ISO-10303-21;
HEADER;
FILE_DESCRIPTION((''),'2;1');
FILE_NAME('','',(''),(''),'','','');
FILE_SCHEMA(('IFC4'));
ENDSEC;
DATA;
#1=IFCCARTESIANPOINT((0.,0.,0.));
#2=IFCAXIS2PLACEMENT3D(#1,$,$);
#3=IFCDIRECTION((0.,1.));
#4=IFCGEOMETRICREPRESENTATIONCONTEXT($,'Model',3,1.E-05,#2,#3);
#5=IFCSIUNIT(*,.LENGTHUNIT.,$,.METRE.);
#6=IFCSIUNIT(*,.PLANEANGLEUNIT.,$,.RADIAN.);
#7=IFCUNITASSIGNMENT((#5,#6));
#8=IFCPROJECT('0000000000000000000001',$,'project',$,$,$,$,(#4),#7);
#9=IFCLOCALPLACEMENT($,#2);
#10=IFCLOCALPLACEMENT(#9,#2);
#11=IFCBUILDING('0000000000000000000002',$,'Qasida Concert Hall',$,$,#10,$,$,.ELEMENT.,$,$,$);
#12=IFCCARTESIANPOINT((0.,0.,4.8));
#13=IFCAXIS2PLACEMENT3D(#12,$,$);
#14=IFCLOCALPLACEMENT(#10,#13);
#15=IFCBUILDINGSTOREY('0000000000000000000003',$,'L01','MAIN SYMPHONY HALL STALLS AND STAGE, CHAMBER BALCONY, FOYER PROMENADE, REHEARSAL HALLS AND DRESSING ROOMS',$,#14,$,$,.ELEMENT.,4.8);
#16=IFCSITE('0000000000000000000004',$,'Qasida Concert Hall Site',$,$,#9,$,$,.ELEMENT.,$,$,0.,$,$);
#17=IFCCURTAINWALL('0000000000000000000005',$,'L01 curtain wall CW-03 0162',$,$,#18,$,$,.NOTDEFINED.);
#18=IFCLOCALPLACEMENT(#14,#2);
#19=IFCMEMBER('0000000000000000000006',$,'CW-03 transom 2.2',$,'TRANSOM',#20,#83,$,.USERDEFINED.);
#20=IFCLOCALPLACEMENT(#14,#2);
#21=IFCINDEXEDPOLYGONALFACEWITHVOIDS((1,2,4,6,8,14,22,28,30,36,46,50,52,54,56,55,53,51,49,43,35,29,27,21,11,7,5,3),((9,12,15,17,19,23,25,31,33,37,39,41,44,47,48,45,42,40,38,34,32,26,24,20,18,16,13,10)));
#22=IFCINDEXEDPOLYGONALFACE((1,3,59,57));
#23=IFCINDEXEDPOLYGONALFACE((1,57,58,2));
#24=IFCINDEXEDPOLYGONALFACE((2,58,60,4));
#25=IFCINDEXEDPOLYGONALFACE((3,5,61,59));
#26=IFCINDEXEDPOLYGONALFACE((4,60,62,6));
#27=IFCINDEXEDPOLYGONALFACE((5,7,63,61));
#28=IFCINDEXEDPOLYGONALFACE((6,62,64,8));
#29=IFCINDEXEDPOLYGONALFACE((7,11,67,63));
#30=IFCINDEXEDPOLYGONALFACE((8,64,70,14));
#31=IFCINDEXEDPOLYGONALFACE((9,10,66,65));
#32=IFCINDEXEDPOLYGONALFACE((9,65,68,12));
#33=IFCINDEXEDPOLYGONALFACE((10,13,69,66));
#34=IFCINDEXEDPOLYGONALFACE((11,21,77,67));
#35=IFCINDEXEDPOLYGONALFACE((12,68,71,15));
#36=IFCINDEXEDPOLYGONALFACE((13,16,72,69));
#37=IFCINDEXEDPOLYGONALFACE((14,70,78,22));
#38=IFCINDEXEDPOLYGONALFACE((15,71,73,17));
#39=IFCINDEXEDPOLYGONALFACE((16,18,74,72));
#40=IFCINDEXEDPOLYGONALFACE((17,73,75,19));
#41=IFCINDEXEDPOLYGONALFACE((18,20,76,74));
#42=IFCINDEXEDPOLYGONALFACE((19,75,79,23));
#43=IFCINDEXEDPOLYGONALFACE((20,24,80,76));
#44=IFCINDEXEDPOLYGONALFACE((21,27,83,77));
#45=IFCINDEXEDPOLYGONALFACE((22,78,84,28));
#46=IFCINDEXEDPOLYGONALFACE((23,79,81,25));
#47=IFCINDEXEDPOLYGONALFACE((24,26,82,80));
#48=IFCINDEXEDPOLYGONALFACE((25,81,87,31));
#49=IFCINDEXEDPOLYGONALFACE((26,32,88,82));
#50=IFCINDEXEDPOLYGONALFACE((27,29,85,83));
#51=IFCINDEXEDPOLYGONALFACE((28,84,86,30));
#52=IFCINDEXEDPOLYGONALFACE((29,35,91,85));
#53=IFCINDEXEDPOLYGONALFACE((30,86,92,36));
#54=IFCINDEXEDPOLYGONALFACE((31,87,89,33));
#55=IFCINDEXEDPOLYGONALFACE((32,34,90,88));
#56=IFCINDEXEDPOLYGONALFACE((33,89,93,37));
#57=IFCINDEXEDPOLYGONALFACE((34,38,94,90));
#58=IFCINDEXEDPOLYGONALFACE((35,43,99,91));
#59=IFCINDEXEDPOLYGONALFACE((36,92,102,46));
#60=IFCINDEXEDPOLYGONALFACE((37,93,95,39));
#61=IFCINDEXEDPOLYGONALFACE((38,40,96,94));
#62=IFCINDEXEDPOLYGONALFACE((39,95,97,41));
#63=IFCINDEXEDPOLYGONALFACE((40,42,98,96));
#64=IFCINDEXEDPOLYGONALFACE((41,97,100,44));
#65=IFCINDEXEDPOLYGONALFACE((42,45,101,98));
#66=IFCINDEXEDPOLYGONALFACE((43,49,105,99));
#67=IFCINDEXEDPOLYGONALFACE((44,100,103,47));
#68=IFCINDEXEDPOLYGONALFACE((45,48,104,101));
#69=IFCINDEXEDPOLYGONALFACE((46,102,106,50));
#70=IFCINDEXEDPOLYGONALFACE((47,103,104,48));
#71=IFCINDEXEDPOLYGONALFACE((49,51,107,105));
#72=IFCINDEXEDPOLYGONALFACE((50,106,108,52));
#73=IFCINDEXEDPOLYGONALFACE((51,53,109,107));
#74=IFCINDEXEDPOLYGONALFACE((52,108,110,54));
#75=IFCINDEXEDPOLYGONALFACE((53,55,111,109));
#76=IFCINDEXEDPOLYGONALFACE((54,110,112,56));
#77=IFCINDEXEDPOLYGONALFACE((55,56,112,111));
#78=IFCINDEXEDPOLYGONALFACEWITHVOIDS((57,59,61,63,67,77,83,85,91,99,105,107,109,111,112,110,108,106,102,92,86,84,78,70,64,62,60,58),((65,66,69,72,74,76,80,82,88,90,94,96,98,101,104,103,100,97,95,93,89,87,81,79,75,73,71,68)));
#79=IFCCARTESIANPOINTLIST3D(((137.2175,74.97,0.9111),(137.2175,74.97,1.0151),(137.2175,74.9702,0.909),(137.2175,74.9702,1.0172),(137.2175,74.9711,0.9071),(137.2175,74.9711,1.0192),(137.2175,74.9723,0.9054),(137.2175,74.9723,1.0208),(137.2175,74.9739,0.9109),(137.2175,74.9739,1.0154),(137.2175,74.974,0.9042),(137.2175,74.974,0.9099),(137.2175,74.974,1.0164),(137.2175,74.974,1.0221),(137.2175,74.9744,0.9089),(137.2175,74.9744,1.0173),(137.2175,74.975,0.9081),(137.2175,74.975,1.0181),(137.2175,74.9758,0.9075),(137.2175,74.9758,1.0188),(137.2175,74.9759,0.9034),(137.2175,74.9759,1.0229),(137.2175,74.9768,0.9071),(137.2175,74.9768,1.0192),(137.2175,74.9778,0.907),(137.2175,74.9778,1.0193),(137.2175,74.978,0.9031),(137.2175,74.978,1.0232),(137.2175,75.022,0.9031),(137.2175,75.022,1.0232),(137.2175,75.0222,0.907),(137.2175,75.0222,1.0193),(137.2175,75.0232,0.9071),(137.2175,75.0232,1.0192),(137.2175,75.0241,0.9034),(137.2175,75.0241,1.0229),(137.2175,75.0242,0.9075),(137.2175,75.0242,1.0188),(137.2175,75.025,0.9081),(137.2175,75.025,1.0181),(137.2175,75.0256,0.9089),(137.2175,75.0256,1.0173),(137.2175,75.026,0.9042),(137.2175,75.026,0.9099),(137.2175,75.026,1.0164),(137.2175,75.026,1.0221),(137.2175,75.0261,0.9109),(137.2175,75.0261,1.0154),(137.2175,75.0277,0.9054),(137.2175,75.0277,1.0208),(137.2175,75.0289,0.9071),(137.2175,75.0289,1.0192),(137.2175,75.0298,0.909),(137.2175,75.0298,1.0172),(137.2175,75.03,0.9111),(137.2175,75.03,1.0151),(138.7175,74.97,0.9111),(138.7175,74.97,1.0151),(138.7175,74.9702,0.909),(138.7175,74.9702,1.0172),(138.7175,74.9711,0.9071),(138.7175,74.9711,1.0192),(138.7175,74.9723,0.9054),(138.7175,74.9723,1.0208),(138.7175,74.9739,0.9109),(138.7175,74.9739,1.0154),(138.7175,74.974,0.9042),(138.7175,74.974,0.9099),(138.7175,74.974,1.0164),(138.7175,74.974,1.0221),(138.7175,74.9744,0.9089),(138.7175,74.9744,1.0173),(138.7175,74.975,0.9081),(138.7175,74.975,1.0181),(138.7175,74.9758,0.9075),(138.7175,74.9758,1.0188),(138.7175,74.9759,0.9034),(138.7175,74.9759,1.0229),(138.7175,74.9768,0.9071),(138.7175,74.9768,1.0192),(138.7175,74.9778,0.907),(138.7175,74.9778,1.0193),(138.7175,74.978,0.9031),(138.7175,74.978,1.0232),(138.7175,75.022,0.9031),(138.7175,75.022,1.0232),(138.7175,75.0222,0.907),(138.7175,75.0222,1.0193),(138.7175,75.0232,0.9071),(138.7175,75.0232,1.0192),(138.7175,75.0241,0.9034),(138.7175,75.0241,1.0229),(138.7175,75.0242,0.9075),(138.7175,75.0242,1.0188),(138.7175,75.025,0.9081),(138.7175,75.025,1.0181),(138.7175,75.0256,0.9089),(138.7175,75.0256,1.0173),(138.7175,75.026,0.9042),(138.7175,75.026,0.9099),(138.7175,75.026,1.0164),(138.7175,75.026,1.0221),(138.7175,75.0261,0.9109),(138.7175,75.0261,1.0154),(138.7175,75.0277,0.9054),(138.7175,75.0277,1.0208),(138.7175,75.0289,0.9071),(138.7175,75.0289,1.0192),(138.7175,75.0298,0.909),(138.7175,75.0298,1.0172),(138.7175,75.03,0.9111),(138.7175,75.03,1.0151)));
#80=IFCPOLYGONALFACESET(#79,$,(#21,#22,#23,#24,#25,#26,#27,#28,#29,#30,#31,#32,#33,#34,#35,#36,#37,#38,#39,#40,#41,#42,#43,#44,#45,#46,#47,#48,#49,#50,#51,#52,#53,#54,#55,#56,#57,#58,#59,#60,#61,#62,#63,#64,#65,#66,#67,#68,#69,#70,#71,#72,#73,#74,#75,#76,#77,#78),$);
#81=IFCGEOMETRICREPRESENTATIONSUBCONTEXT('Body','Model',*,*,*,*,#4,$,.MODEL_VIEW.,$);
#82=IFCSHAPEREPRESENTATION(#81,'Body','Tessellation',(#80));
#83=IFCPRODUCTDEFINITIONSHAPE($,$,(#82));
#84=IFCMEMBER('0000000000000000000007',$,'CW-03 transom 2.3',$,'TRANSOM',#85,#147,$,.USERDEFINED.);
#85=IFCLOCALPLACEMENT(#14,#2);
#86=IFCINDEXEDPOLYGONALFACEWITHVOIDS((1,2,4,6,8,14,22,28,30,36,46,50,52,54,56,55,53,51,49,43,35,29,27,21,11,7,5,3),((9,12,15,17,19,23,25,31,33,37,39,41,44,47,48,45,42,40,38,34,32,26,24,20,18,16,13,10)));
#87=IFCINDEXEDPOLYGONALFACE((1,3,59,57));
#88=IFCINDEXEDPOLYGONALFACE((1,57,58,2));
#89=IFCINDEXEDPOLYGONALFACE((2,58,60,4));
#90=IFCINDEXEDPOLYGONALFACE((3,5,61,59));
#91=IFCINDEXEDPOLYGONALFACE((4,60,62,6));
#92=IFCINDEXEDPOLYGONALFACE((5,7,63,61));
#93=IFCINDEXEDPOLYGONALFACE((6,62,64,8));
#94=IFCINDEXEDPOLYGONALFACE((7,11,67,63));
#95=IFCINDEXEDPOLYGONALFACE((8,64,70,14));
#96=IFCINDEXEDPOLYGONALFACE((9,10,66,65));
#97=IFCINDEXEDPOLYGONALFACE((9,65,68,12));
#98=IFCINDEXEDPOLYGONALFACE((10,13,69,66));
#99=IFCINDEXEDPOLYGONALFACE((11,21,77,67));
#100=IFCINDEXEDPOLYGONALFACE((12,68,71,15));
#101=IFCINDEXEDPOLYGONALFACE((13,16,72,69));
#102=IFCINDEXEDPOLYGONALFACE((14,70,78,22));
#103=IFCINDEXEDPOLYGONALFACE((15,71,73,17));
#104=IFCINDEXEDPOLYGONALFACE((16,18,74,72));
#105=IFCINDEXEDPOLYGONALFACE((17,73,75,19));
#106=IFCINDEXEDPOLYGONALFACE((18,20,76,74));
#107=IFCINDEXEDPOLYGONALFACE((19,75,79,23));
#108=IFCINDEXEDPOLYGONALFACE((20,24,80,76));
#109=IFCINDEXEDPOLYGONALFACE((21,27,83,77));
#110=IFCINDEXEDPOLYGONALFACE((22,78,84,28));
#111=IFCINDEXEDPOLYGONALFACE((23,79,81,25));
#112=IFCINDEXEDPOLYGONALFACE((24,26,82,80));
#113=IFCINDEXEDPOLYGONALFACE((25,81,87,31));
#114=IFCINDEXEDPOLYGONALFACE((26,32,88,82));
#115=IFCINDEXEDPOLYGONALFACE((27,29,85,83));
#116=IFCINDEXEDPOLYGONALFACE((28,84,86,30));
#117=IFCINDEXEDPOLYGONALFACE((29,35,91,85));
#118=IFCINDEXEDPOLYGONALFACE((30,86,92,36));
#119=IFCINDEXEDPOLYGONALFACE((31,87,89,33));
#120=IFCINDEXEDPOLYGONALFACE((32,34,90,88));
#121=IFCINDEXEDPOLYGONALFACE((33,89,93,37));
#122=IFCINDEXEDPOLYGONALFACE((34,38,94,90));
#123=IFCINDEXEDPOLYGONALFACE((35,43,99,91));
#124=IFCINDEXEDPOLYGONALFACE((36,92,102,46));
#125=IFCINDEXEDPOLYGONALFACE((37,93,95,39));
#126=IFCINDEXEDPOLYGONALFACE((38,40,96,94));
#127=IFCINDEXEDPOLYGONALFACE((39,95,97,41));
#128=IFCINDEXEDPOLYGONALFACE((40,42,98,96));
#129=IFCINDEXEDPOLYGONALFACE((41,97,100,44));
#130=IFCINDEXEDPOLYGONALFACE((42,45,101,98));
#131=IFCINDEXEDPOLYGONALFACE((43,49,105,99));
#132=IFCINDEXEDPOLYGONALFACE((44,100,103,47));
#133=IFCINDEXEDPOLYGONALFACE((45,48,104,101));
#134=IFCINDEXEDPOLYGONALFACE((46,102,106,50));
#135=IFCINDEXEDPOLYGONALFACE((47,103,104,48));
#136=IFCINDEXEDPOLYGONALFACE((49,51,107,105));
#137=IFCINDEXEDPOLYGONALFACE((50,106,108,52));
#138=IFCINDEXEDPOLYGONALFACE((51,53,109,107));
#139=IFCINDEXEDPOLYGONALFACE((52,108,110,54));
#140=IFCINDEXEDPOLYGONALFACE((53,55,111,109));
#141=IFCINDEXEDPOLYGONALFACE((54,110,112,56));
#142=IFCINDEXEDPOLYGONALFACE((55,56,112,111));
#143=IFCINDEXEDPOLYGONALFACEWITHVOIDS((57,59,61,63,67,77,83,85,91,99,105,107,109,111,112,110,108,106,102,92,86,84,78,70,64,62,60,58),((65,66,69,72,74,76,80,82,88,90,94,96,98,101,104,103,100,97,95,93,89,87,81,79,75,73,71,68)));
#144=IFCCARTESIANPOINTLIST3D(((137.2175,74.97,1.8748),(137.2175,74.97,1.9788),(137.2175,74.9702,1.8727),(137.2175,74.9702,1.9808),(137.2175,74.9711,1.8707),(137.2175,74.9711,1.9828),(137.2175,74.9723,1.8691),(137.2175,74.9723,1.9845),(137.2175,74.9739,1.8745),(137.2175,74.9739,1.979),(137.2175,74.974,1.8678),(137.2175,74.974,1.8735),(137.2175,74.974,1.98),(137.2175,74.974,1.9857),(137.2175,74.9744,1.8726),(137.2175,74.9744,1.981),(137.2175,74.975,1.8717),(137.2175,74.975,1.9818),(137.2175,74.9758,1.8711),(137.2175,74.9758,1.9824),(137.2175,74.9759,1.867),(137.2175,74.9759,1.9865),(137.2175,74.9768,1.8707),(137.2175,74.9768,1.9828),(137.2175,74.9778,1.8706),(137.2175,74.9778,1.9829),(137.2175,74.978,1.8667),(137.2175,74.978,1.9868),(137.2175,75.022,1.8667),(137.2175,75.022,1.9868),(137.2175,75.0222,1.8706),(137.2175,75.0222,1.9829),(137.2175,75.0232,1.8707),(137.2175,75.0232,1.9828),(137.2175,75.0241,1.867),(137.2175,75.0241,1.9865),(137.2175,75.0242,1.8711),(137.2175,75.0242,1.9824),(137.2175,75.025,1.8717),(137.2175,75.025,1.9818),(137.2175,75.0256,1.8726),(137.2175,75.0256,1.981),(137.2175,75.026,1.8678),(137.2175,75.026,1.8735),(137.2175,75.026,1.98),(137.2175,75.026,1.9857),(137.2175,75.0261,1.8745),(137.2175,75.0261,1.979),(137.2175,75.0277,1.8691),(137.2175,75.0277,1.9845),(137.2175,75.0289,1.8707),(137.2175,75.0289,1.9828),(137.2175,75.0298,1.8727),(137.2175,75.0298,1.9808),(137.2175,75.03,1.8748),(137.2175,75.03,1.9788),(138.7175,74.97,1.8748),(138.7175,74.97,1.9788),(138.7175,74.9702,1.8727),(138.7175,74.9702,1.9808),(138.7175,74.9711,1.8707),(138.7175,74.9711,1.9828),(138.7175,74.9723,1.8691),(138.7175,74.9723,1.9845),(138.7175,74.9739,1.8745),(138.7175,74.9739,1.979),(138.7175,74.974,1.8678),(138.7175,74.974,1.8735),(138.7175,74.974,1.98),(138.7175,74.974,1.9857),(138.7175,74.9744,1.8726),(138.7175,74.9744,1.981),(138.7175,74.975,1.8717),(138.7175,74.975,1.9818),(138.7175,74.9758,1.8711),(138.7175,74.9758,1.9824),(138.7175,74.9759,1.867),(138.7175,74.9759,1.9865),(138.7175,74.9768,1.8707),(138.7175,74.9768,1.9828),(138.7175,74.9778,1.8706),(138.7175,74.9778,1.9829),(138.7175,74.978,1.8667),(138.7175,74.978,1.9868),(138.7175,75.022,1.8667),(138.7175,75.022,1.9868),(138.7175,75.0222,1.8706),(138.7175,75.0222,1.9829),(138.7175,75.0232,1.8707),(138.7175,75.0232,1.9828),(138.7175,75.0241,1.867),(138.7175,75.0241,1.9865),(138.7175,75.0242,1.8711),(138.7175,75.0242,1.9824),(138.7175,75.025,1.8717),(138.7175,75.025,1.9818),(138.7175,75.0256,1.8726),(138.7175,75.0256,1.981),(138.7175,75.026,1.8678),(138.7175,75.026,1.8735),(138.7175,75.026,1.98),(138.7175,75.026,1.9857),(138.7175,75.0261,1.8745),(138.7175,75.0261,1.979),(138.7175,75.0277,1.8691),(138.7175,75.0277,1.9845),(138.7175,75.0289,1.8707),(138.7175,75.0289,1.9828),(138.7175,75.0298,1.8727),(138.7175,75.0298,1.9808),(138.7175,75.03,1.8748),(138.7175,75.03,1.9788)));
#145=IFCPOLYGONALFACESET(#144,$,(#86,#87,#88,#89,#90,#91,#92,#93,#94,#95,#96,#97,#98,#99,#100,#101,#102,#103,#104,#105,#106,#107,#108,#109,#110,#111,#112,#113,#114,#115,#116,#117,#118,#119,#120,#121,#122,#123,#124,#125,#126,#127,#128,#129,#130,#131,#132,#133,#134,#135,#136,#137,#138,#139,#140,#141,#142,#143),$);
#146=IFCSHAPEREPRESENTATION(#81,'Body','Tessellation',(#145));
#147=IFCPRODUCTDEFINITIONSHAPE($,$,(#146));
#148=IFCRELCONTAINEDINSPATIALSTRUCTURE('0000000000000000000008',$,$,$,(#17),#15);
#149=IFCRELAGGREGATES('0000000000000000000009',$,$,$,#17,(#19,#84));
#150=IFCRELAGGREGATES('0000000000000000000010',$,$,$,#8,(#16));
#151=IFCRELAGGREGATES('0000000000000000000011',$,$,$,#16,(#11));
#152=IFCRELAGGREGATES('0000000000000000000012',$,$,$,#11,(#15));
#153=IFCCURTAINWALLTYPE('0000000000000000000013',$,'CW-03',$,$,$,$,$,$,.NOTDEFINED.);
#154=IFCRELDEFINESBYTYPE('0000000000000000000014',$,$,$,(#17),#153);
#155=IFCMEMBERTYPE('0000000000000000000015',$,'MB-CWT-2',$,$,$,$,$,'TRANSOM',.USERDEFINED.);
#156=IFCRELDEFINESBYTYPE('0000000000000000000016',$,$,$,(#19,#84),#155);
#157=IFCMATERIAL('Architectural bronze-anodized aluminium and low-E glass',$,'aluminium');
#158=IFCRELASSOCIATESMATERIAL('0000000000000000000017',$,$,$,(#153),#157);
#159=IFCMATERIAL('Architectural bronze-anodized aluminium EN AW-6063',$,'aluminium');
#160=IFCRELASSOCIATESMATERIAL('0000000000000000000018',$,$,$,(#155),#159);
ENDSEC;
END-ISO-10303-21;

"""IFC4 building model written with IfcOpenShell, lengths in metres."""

from ifc_helpers import new_model, si_unit, direction, frame, origin, origin_2d, place, context, subcontext, project, spatial, hollow_rectangle, extrude, material, material_profile, profile_set, type_object, element, aggregate, save


model = new_model("IFC4")

# Units and contexts
model_context = context("Model", 3, precision=1e-05, world=origin(), true_north=direction((0.0, 1.0)))
body_context = subcontext(model_context, "Body", "Model", "MODEL_VIEW")
ifc_project = project(units=[si_unit("LENGTHUNIT", "METRE"), si_unit("PLANEANGLEUNIT", "RADIAN")], contexts=[model_context])

# Site, building, storey
site_placement = place(None, origin())
site = spatial("IfcSite", under=ifc_project, at=site_placement, Name="Qasida Concert Hall Site", CompositionType="ELEMENT", RefElevation=0.0)
building_placement = place(site_placement, origin())
building = spatial("IfcBuilding", under=site, at=building_placement, Name="Qasida Concert Hall", CompositionType="ELEMENT")
storey_placement = place(building_placement, frame((0.0, 0.0, 4.8)))
storey = spatial("IfcBuildingStorey", under=building, at=storey_placement, Name="L01", Description="MAIN SYMPHONY HALL STALLS AND STAGE, CHAMBER BALCONY, FOYER PROMENADE, REHEARSAL HALLS AND DRESSING ROOMS", CompositionType="ELEMENT", Elevation=4.8)

# Curtain wall, members
ifc_material_1 = material(Name="Architectural bronze-anodized aluminium and low-E glass", Category="aluminium")
curtain_wall_type = type_object("IfcCurtainWallType", Name="CW-03", PredefinedType="NOTDEFINED", material=ifc_material_1)
curtain_wall_placement = place(storey_placement, origin())
curtain_wall = element("IfcCurtainWall", 1, at=curtain_wall_placement, inside=storey, type_object=curtain_wall_type, Name="L01 curtain wall CW-03 0162", PredefinedType="NOTDEFINED")
ifc_material_2 = material(Name="Architectural bronze-anodized aluminium EN AW-6063", Category="aluminium")
ifc_material_profile_1 = material_profile(ifc_material_2, hollow_rectangle(XDim=0.0601, YDim=0.1201, WallThickness=0.0039, InnerFilletRadius=0.0039, OuterFilletRadius=0.0081, at=origin_2d()), Name="CWT 120x60x4")
ifc_profile_set_1 = profile_set([ifc_material_profile_1], Name="Architectural bronze-anodized aluminium EN AW-6063")
member_type_1 = type_object("IfcMemberType", Name="MB-CWT-2", ElementType="TRANSOM", PredefinedType="USERDEFINED", material=ifc_profile_set_1)
member_1_placement = place(storey_placement, frame((137.2175, 75.0, 0.9631), z_axis=(1.0, 0.0, 0.0), x_axis=(0.0, 1.0, 0.0)))
member_1 = element("IfcMember", 2, at=member_1_placement, type_object=member_type_1, Name="CW-03 transom 2.2", ObjectType="TRANSOM", PredefinedType="USERDEFINED", context=body_context, shape_type="SweptSolid", body=[
    extrude(hollow_rectangle(XDim=0.0601, YDim=0.1201, WallThickness=0.0039, InnerFilletRadius=0.0039, OuterFilletRadius=0.0081, at=origin_2d()), origin(), (0.0, 0.0, 1.0), 1.5),
])
member_2_placement = place(storey_placement, frame((137.2175, 75.0, 1.9268), z_axis=(1.0, 0.0, 0.0), x_axis=(0.0, 1.0, 0.0)))
member_2 = element("IfcMember", 3, at=member_2_placement, type_object=member_type_1, Name="CW-03 transom 2.3", ObjectType="TRANSOM", PredefinedType="USERDEFINED", context=body_context, shape_type="SweptSolid", body=[
    extrude(hollow_rectangle(XDim=0.0601, YDim=0.1201, WallThickness=0.0039, InnerFilletRadius=0.0039, OuterFilletRadius=0.0081, at=origin_2d()), origin(), (0.0, 0.0, 1.0), 1.5),
])
aggregate(curtain_wall, [member_1, member_2])

save(model, "model.ifc")
